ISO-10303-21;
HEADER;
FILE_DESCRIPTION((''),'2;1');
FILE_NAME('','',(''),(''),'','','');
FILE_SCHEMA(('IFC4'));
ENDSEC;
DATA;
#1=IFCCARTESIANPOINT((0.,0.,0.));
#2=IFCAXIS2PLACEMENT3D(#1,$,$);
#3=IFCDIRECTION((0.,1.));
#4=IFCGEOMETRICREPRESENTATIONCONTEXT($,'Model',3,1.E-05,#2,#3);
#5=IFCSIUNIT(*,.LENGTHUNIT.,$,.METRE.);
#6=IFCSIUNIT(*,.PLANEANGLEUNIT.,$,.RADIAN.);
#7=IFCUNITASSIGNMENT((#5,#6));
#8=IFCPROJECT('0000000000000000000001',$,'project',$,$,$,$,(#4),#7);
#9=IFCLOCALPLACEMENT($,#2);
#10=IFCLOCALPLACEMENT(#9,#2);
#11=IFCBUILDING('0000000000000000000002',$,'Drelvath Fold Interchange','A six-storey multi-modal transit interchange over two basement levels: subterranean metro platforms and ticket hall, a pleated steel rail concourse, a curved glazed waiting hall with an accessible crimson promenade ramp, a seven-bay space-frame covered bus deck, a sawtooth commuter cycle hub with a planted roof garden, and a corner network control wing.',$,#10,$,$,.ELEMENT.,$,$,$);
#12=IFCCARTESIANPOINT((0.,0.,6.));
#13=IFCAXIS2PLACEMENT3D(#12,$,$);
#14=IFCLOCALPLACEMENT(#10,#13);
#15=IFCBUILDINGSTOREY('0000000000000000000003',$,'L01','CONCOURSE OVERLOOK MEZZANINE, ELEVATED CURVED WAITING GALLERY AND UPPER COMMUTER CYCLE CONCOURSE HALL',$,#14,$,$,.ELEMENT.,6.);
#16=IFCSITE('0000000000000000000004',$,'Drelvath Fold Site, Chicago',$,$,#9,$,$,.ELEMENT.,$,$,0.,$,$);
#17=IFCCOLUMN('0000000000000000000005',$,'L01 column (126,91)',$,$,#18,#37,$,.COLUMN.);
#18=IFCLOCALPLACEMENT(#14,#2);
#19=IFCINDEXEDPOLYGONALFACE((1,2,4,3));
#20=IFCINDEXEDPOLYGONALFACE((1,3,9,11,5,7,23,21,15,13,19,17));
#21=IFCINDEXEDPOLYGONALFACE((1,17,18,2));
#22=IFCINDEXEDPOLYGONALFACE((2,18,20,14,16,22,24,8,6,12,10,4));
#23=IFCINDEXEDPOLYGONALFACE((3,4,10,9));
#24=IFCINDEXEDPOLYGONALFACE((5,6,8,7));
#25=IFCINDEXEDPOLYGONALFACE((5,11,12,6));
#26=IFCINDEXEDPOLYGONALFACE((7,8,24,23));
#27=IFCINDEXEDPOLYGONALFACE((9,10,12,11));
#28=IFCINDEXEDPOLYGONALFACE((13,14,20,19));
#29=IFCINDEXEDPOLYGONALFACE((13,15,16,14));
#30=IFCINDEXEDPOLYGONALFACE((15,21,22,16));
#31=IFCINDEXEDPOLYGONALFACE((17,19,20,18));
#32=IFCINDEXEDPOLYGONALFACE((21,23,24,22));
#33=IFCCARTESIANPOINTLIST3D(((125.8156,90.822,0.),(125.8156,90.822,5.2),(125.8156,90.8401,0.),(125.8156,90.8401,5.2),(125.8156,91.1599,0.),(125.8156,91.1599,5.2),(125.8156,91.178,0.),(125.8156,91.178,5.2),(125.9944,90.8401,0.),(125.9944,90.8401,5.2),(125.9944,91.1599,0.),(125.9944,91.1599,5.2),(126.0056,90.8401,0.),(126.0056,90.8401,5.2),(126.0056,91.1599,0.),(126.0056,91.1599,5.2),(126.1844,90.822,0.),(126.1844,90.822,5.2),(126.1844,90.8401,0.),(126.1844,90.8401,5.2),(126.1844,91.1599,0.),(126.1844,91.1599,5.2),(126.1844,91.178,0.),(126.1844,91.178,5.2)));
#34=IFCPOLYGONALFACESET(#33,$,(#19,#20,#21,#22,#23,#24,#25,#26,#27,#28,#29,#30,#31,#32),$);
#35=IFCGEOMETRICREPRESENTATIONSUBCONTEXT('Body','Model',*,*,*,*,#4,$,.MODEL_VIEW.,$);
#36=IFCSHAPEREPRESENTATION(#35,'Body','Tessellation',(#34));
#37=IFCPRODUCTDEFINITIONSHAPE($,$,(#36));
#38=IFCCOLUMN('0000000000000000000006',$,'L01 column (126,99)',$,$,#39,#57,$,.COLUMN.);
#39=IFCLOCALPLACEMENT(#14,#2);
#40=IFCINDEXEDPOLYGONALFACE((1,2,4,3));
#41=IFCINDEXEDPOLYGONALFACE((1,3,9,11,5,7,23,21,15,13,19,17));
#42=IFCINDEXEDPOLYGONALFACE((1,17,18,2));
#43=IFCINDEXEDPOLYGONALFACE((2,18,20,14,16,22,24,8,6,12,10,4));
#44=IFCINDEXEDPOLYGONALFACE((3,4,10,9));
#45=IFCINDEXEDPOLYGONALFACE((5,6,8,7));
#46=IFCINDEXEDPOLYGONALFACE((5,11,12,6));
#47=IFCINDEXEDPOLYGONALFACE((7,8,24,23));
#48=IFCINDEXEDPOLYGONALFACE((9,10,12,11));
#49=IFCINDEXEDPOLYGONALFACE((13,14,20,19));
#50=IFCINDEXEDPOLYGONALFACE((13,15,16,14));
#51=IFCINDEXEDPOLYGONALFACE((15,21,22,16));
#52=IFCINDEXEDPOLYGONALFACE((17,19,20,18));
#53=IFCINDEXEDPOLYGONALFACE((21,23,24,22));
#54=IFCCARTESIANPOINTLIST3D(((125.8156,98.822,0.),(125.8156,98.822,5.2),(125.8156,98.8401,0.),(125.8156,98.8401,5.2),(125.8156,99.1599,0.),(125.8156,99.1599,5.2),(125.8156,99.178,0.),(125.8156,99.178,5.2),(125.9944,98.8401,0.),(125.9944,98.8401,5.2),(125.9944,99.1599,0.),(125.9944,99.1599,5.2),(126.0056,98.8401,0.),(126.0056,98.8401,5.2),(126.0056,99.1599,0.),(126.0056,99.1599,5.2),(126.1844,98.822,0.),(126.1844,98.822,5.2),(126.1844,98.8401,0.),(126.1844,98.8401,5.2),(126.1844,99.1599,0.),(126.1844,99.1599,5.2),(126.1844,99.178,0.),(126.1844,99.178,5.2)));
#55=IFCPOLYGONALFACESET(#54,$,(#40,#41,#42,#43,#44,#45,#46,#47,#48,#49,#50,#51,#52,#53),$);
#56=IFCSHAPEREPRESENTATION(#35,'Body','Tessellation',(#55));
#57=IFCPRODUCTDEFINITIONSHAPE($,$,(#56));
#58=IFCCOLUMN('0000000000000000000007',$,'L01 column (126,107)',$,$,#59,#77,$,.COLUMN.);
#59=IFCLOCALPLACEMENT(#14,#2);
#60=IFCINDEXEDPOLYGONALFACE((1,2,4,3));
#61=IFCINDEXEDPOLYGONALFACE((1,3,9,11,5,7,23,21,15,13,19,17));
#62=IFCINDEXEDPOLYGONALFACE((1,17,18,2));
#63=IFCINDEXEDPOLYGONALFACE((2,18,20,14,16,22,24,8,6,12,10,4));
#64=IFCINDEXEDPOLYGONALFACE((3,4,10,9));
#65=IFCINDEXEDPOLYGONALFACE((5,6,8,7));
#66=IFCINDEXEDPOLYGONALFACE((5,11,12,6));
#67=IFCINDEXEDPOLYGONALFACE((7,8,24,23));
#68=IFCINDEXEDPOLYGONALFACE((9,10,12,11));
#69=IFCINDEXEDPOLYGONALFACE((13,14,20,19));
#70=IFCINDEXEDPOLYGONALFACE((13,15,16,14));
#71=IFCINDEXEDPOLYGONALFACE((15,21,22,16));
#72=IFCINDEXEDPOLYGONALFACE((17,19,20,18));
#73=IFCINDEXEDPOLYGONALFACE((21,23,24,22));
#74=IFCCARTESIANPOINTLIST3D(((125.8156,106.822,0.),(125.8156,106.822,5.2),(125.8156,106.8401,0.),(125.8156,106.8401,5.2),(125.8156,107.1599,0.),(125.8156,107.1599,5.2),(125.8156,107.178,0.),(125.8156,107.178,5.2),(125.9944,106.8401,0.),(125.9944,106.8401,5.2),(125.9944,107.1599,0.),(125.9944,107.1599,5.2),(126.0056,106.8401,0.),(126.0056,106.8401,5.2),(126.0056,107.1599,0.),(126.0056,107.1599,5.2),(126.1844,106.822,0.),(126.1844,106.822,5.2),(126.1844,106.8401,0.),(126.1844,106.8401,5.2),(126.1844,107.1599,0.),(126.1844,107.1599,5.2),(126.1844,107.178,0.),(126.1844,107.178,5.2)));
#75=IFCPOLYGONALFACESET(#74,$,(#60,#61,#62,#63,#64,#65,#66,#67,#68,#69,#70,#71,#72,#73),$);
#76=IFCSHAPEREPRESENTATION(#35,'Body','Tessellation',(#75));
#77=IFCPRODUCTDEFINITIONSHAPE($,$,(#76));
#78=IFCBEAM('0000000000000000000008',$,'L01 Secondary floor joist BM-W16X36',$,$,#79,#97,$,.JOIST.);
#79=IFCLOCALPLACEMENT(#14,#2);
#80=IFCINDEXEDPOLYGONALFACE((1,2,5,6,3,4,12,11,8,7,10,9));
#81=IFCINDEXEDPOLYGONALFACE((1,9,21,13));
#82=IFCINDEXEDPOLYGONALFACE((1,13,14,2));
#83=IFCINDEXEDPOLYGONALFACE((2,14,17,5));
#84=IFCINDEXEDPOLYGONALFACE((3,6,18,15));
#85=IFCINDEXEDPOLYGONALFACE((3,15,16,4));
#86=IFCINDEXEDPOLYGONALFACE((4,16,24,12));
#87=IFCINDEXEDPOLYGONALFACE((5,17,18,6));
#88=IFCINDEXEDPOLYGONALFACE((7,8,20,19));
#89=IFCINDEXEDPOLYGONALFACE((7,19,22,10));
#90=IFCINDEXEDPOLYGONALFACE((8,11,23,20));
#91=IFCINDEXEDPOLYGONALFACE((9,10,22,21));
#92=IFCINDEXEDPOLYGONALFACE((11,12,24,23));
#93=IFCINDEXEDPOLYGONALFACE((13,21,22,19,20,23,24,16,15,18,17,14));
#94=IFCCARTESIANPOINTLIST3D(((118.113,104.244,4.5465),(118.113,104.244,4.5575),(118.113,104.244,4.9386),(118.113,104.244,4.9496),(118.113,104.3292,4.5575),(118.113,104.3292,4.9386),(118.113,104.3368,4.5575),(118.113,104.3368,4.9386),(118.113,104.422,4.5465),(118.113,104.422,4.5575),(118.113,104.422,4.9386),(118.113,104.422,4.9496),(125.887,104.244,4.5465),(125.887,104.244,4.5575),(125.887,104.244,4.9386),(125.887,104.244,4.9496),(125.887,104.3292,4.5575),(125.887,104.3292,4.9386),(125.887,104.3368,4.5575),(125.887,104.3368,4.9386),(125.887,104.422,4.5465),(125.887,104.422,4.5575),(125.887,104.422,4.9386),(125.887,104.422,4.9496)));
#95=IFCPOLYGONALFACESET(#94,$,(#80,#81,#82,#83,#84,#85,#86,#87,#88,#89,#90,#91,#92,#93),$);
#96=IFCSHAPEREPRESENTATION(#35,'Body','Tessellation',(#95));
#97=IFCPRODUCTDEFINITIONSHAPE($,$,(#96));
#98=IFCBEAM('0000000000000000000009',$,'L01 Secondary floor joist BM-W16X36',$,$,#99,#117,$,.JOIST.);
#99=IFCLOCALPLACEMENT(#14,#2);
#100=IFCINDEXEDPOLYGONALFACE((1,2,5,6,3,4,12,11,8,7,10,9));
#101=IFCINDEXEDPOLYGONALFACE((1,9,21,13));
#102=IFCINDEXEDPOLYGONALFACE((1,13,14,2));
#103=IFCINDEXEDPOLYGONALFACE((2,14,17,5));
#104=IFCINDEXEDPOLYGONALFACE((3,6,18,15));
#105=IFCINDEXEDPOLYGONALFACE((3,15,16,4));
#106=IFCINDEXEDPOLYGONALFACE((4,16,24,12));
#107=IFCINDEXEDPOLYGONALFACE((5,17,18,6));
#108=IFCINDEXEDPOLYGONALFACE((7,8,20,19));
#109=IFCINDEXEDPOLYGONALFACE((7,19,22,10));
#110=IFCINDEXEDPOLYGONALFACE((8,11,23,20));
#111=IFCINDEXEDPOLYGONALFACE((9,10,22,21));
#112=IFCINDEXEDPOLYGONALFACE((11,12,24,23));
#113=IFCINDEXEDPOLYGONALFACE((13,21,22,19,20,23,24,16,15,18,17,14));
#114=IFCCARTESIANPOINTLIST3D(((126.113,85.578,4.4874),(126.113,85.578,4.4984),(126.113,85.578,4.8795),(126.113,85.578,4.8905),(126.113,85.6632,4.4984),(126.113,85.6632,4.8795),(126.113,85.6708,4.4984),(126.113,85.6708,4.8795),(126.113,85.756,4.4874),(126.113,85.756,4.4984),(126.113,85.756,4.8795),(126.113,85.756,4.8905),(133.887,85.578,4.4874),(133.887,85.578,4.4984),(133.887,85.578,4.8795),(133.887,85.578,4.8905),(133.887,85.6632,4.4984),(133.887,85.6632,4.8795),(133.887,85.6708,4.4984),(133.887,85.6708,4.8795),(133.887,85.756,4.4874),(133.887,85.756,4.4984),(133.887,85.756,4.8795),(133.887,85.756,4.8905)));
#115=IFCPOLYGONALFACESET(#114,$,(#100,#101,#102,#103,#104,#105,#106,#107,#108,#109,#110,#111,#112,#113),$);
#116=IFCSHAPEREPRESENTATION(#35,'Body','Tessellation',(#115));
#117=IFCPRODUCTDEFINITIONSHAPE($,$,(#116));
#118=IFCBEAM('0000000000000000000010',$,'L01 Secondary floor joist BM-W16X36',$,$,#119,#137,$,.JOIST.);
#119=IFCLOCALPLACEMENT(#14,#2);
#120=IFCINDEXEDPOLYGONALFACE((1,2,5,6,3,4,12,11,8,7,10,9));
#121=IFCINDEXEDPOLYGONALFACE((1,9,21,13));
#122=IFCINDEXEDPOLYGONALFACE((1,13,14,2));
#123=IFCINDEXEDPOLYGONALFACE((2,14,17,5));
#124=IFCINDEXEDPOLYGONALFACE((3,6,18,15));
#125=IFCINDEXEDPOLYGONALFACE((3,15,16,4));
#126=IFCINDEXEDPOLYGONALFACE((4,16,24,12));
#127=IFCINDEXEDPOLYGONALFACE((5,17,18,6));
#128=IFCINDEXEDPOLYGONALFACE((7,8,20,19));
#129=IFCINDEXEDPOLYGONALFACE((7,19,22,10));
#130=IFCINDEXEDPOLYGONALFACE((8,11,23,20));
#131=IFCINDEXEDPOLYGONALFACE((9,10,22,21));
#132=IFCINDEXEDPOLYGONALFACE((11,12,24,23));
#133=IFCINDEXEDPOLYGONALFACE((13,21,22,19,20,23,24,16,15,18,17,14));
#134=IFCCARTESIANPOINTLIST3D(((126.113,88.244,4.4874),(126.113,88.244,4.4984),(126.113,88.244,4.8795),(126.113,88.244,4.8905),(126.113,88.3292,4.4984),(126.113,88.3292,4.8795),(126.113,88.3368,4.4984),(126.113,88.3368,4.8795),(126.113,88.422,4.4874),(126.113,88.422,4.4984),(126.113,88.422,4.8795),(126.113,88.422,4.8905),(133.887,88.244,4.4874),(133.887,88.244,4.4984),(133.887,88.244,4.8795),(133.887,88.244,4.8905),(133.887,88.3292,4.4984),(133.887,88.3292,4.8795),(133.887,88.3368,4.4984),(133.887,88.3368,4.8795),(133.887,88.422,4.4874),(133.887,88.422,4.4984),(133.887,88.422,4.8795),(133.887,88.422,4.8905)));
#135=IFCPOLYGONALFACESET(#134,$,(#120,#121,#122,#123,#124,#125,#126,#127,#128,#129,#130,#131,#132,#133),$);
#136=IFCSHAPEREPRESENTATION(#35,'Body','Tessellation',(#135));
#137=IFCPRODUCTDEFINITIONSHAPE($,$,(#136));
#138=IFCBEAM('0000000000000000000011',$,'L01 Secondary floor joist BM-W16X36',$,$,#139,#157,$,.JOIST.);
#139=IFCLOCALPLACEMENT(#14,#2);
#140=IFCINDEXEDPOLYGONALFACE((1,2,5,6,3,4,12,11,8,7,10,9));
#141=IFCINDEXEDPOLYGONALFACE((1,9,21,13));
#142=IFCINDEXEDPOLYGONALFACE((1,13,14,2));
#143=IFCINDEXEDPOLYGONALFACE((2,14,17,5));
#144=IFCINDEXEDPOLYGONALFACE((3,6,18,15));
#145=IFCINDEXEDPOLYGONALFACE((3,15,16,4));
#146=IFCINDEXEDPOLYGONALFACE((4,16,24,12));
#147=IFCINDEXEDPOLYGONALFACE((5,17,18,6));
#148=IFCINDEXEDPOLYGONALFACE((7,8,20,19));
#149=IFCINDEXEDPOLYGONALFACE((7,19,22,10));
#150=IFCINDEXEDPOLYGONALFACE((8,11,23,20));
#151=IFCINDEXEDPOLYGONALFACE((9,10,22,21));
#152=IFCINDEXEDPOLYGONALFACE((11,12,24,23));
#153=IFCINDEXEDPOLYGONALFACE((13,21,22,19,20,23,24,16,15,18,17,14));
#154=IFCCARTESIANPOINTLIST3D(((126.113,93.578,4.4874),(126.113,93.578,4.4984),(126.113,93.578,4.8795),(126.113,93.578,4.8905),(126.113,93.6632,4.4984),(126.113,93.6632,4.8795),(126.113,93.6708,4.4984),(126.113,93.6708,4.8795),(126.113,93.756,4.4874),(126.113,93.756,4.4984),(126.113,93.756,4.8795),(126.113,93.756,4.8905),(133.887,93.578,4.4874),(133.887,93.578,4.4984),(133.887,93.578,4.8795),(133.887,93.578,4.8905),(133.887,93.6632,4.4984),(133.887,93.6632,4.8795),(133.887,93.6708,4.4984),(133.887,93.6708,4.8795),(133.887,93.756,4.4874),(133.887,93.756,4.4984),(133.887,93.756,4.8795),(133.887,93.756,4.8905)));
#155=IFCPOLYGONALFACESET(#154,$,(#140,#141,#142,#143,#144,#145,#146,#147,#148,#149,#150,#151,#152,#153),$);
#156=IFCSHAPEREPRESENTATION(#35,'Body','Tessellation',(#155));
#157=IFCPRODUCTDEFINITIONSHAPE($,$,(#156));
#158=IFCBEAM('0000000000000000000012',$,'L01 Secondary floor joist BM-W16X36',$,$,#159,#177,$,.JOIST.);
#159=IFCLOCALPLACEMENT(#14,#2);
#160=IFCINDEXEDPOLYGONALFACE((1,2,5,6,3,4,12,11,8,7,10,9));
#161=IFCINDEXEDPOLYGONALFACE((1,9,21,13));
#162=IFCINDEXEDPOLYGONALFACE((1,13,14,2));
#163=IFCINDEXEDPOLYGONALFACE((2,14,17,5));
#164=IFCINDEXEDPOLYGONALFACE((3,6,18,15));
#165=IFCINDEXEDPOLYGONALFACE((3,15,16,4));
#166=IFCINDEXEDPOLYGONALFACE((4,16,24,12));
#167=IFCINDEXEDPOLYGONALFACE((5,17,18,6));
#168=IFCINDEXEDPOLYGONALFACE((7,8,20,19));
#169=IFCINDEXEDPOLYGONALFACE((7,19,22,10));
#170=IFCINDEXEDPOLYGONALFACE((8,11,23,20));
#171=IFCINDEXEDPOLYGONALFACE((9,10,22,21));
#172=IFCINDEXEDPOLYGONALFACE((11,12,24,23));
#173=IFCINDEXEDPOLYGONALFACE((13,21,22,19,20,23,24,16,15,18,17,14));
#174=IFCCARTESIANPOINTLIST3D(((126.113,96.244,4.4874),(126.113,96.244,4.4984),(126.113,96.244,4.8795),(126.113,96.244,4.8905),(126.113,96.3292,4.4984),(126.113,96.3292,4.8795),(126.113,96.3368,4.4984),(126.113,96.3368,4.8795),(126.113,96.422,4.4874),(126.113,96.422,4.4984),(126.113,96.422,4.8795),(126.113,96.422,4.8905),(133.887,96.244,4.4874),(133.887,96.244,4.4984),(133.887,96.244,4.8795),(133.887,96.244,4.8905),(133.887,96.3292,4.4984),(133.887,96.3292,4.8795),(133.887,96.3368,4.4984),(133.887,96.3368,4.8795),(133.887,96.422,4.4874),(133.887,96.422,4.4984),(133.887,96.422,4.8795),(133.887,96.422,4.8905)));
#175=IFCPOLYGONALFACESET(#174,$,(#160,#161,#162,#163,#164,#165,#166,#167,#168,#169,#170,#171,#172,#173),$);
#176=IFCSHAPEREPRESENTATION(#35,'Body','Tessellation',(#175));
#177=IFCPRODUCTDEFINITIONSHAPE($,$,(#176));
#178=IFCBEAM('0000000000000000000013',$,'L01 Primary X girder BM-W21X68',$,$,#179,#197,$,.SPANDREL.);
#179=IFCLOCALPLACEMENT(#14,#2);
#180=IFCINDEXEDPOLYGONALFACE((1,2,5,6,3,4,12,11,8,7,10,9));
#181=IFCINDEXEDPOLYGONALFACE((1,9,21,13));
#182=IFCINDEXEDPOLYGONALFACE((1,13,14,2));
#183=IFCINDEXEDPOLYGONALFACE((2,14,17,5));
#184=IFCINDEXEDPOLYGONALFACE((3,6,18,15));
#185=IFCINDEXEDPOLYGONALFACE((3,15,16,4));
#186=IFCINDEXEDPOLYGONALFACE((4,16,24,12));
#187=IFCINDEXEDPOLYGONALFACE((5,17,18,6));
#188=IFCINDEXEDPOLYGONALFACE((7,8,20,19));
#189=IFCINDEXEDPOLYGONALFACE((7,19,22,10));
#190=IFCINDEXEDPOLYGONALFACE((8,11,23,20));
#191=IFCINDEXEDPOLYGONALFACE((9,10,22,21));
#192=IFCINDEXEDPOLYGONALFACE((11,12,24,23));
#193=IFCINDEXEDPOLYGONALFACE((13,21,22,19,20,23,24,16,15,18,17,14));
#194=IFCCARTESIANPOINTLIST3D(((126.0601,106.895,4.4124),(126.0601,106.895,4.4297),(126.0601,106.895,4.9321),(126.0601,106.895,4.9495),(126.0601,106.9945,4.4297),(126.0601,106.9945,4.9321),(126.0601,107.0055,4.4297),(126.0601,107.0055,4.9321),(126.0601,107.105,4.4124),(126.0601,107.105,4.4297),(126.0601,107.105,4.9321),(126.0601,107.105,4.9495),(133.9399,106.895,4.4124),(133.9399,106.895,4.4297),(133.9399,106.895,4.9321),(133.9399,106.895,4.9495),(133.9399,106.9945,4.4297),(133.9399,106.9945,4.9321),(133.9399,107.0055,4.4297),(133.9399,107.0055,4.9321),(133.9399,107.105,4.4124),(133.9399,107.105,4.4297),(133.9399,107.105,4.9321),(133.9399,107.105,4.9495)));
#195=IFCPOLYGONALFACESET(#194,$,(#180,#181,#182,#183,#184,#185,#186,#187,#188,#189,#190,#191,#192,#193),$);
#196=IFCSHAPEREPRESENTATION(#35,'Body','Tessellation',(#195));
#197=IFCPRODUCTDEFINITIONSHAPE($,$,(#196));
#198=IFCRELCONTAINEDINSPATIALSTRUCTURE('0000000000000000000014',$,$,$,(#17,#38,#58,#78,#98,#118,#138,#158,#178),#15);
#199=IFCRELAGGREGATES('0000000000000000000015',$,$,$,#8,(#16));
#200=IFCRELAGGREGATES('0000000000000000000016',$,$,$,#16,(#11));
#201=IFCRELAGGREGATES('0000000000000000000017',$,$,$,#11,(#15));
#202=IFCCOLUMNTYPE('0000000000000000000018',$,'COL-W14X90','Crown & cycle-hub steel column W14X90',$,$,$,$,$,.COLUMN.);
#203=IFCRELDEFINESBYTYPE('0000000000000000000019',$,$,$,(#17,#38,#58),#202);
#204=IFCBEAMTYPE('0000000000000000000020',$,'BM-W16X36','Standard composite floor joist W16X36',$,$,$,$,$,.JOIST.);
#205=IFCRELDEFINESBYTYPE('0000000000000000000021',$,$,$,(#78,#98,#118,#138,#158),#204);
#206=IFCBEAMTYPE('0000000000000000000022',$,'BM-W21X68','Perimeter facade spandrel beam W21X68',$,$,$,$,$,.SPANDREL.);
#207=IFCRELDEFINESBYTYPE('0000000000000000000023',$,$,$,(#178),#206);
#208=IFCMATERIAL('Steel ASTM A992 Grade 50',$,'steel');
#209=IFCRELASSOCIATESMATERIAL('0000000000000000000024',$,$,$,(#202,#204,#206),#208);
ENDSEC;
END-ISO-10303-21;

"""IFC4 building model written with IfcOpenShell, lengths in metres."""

from ifc_helpers import new_model, si_unit, direction, frame, origin, origin_2d, place, context, subcontext, project, spatial, i_section, extrude, material, material_profile, profile_set, type_object, element, save


model = new_model("IFC4")

# Units and contexts
model_context = context("Model", 3, precision=1e-05, world=origin(), true_north=direction((0.0, 1.0)))
body_context = subcontext(model_context, "Body", "Model", "MODEL_VIEW")
ifc_project = project(units=[si_unit("LENGTHUNIT", "METRE"), si_unit("PLANEANGLEUNIT", "RADIAN")], contexts=[model_context])

# Site, building, storey
site_placement = place(None, origin())
site = spatial("IfcSite", under=ifc_project, at=site_placement, Name="Drelvath Fold Site, Chicago", CompositionType="ELEMENT", RefElevation=0.0)
building_placement = place(site_placement, origin())
building = spatial("IfcBuilding", under=site, at=building_placement, Name="Drelvath Fold Interchange", Description="A six-storey multi-modal transit interchange over two basement levels: subterranean metro platforms and ticket hall, a pleated steel rail concourse, a curved glazed waiting hall with an accessible crimson promenade ramp, a seven-bay space-frame covered bus deck, a sawtooth commuter cycle hub with a planted roof garden, and a corner network control wing.", CompositionType="ELEMENT")
storey_placement = place(building_placement, frame((0.0, 0.0, 6.0)))
storey = spatial("IfcBuildingStorey", under=building, at=storey_placement, Name="L01", Description="CONCOURSE OVERLOOK MEZZANINE, ELEVATED CURVED WAITING GALLERY AND UPPER COMMUTER CYCLE CONCOURSE HALL", CompositionType="ELEMENT", Elevation=6.0)

# Columns
ifc_material_1 = material(Name="Steel ASTM A992 Grade 50", Category="steel")
ifc_material_profile_1 = material_profile(ifc_material_1, i_section(OverallWidth=0.3689, OverallDepth=0.356, WebThickness=0.0112, FlangeThickness=0.0181, at=origin_2d()), Name="W14X90")
ifc_profile_set_1 = profile_set([ifc_material_profile_1], Name="Steel ASTM A992 Grade 50")
column_type = type_object("IfcColumnType", Name="COL-W14X90", Description="Crown & cycle-hub steel column W14X90", PredefinedType="COLUMN", material=ifc_profile_set_1)
for number, where, z_axis, x_axis, name in (
    (1, (126.0, 91.0, 0.0), (0.0, 0.0, 1.0), (1.0, 0.0, 0.0), "L01 column (126,91)"),
    (2, (126.0, 99.0, 0.0), (0.0, 0.0, 1.0), (1.0, 0.0, 0.0), "L01 column (126,99)"),
    (3, (126.0, 107.0, 0.0), (0.0, 0.0, 1.0), (1.0, 0.0, 0.0), "L01 column (126,107)"),
):
    element("IfcColumn", number, at=place(storey_placement, frame(where, z_axis=z_axis, x_axis=x_axis)), inside=storey, type_object=column_type, Name=name, PredefinedType="COLUMN", context=body_context, shape_type="SweptSolid", body=[
        extrude(i_section(OverallWidth=0.3689, OverallDepth=0.356, WebThickness=0.0112, FlangeThickness=0.0181, at=origin_2d()), origin(), (0.0, 0.0, 1.0), 5.2),
    ])

# Beams
ifc_material_profile_2 = material_profile(ifc_material_1, i_section(OverallWidth=0.178, OverallDepth=0.4031, WebThickness=0.0076, FlangeThickness=0.011, at=origin_2d()), Name="W16X36")
ifc_profile_set_2 = profile_set([ifc_material_profile_2], Name="Steel ASTM A992 Grade 50")
beam_type_1 = type_object("IfcBeamType", Name="BM-W16X36", Description="Standard composite floor joist W16X36", PredefinedType="JOIST", material=ifc_profile_set_2)
for number, where, z_axis, x_axis, name in (
    (4, (118.113, 104.333, 4.748), (1.0, 0.0, 0.0), (0.0, 1.0, 0.0), "L01 Secondary floor joist BM-W16X36"),
    (5, (126.113, 85.667, 4.689), (1.0, 0.0, 0.0), (0.0, 1.0, 0.0), "L01 Secondary floor joist BM-W16X36"),
    (6, (126.113, 88.333, 4.689), (1.0, 0.0, 0.0), (0.0, 1.0, 0.0), "L01 Secondary floor joist BM-W16X36"),
    (7, (126.113, 93.667, 4.689), (1.0, 0.0, 0.0), (0.0, 1.0, 0.0), "L01 Secondary floor joist BM-W16X36"),
    (8, (126.113, 96.333, 4.689), (1.0, 0.0, 0.0), (0.0, 1.0, 0.0), "L01 Secondary floor joist BM-W16X36"),
):
    element("IfcBeam", number, at=place(storey_placement, frame(where, z_axis=z_axis, x_axis=x_axis)), inside=storey, type_object=beam_type_1, Name=name, PredefinedType="JOIST", context=body_context, shape_type="SweptSolid", body=[
        extrude(i_section(OverallWidth=0.178, OverallDepth=0.4031, WebThickness=0.0076, FlangeThickness=0.011, at=origin_2d()), origin(), (0.0, 0.0, 1.0), 7.7739),
    ])
ifc_material_profile_3 = material_profile(ifc_material_1, i_section(OverallWidth=0.21, OverallDepth=0.5371, WebThickness=0.011, FlangeThickness=0.0173, at=origin_2d()), Name="W21X68")
ifc_profile_set_3 = profile_set([ifc_material_profile_3], Name="Steel ASTM A992 Grade 50")
beam_type_2 = type_object("IfcBeamType", Name="BM-W21X68", Description="Perimeter facade spandrel beam W21X68", PredefinedType="SPANDREL", material=ifc_profile_set_3)
beam_placement = place(storey_placement, frame((126.0601, 107.0, 4.6809), z_axis=(1.0, 0.0, 0.0), x_axis=(0.0, 1.0, 0.0)))
element("IfcBeam", 9, at=beam_placement, inside=storey, type_object=beam_type_2, Name="L01 Primary X girder BM-W21X68", PredefinedType="SPANDREL", context=body_context, shape_type="SweptSolid", body=[
    extrude(i_section(OverallWidth=0.21, OverallDepth=0.5371, WebThickness=0.011, FlangeThickness=0.0173, at=origin_2d()), origin(), (0.0, 0.0, 1.0), 7.8799),
])

save(model, "model.ifc")
